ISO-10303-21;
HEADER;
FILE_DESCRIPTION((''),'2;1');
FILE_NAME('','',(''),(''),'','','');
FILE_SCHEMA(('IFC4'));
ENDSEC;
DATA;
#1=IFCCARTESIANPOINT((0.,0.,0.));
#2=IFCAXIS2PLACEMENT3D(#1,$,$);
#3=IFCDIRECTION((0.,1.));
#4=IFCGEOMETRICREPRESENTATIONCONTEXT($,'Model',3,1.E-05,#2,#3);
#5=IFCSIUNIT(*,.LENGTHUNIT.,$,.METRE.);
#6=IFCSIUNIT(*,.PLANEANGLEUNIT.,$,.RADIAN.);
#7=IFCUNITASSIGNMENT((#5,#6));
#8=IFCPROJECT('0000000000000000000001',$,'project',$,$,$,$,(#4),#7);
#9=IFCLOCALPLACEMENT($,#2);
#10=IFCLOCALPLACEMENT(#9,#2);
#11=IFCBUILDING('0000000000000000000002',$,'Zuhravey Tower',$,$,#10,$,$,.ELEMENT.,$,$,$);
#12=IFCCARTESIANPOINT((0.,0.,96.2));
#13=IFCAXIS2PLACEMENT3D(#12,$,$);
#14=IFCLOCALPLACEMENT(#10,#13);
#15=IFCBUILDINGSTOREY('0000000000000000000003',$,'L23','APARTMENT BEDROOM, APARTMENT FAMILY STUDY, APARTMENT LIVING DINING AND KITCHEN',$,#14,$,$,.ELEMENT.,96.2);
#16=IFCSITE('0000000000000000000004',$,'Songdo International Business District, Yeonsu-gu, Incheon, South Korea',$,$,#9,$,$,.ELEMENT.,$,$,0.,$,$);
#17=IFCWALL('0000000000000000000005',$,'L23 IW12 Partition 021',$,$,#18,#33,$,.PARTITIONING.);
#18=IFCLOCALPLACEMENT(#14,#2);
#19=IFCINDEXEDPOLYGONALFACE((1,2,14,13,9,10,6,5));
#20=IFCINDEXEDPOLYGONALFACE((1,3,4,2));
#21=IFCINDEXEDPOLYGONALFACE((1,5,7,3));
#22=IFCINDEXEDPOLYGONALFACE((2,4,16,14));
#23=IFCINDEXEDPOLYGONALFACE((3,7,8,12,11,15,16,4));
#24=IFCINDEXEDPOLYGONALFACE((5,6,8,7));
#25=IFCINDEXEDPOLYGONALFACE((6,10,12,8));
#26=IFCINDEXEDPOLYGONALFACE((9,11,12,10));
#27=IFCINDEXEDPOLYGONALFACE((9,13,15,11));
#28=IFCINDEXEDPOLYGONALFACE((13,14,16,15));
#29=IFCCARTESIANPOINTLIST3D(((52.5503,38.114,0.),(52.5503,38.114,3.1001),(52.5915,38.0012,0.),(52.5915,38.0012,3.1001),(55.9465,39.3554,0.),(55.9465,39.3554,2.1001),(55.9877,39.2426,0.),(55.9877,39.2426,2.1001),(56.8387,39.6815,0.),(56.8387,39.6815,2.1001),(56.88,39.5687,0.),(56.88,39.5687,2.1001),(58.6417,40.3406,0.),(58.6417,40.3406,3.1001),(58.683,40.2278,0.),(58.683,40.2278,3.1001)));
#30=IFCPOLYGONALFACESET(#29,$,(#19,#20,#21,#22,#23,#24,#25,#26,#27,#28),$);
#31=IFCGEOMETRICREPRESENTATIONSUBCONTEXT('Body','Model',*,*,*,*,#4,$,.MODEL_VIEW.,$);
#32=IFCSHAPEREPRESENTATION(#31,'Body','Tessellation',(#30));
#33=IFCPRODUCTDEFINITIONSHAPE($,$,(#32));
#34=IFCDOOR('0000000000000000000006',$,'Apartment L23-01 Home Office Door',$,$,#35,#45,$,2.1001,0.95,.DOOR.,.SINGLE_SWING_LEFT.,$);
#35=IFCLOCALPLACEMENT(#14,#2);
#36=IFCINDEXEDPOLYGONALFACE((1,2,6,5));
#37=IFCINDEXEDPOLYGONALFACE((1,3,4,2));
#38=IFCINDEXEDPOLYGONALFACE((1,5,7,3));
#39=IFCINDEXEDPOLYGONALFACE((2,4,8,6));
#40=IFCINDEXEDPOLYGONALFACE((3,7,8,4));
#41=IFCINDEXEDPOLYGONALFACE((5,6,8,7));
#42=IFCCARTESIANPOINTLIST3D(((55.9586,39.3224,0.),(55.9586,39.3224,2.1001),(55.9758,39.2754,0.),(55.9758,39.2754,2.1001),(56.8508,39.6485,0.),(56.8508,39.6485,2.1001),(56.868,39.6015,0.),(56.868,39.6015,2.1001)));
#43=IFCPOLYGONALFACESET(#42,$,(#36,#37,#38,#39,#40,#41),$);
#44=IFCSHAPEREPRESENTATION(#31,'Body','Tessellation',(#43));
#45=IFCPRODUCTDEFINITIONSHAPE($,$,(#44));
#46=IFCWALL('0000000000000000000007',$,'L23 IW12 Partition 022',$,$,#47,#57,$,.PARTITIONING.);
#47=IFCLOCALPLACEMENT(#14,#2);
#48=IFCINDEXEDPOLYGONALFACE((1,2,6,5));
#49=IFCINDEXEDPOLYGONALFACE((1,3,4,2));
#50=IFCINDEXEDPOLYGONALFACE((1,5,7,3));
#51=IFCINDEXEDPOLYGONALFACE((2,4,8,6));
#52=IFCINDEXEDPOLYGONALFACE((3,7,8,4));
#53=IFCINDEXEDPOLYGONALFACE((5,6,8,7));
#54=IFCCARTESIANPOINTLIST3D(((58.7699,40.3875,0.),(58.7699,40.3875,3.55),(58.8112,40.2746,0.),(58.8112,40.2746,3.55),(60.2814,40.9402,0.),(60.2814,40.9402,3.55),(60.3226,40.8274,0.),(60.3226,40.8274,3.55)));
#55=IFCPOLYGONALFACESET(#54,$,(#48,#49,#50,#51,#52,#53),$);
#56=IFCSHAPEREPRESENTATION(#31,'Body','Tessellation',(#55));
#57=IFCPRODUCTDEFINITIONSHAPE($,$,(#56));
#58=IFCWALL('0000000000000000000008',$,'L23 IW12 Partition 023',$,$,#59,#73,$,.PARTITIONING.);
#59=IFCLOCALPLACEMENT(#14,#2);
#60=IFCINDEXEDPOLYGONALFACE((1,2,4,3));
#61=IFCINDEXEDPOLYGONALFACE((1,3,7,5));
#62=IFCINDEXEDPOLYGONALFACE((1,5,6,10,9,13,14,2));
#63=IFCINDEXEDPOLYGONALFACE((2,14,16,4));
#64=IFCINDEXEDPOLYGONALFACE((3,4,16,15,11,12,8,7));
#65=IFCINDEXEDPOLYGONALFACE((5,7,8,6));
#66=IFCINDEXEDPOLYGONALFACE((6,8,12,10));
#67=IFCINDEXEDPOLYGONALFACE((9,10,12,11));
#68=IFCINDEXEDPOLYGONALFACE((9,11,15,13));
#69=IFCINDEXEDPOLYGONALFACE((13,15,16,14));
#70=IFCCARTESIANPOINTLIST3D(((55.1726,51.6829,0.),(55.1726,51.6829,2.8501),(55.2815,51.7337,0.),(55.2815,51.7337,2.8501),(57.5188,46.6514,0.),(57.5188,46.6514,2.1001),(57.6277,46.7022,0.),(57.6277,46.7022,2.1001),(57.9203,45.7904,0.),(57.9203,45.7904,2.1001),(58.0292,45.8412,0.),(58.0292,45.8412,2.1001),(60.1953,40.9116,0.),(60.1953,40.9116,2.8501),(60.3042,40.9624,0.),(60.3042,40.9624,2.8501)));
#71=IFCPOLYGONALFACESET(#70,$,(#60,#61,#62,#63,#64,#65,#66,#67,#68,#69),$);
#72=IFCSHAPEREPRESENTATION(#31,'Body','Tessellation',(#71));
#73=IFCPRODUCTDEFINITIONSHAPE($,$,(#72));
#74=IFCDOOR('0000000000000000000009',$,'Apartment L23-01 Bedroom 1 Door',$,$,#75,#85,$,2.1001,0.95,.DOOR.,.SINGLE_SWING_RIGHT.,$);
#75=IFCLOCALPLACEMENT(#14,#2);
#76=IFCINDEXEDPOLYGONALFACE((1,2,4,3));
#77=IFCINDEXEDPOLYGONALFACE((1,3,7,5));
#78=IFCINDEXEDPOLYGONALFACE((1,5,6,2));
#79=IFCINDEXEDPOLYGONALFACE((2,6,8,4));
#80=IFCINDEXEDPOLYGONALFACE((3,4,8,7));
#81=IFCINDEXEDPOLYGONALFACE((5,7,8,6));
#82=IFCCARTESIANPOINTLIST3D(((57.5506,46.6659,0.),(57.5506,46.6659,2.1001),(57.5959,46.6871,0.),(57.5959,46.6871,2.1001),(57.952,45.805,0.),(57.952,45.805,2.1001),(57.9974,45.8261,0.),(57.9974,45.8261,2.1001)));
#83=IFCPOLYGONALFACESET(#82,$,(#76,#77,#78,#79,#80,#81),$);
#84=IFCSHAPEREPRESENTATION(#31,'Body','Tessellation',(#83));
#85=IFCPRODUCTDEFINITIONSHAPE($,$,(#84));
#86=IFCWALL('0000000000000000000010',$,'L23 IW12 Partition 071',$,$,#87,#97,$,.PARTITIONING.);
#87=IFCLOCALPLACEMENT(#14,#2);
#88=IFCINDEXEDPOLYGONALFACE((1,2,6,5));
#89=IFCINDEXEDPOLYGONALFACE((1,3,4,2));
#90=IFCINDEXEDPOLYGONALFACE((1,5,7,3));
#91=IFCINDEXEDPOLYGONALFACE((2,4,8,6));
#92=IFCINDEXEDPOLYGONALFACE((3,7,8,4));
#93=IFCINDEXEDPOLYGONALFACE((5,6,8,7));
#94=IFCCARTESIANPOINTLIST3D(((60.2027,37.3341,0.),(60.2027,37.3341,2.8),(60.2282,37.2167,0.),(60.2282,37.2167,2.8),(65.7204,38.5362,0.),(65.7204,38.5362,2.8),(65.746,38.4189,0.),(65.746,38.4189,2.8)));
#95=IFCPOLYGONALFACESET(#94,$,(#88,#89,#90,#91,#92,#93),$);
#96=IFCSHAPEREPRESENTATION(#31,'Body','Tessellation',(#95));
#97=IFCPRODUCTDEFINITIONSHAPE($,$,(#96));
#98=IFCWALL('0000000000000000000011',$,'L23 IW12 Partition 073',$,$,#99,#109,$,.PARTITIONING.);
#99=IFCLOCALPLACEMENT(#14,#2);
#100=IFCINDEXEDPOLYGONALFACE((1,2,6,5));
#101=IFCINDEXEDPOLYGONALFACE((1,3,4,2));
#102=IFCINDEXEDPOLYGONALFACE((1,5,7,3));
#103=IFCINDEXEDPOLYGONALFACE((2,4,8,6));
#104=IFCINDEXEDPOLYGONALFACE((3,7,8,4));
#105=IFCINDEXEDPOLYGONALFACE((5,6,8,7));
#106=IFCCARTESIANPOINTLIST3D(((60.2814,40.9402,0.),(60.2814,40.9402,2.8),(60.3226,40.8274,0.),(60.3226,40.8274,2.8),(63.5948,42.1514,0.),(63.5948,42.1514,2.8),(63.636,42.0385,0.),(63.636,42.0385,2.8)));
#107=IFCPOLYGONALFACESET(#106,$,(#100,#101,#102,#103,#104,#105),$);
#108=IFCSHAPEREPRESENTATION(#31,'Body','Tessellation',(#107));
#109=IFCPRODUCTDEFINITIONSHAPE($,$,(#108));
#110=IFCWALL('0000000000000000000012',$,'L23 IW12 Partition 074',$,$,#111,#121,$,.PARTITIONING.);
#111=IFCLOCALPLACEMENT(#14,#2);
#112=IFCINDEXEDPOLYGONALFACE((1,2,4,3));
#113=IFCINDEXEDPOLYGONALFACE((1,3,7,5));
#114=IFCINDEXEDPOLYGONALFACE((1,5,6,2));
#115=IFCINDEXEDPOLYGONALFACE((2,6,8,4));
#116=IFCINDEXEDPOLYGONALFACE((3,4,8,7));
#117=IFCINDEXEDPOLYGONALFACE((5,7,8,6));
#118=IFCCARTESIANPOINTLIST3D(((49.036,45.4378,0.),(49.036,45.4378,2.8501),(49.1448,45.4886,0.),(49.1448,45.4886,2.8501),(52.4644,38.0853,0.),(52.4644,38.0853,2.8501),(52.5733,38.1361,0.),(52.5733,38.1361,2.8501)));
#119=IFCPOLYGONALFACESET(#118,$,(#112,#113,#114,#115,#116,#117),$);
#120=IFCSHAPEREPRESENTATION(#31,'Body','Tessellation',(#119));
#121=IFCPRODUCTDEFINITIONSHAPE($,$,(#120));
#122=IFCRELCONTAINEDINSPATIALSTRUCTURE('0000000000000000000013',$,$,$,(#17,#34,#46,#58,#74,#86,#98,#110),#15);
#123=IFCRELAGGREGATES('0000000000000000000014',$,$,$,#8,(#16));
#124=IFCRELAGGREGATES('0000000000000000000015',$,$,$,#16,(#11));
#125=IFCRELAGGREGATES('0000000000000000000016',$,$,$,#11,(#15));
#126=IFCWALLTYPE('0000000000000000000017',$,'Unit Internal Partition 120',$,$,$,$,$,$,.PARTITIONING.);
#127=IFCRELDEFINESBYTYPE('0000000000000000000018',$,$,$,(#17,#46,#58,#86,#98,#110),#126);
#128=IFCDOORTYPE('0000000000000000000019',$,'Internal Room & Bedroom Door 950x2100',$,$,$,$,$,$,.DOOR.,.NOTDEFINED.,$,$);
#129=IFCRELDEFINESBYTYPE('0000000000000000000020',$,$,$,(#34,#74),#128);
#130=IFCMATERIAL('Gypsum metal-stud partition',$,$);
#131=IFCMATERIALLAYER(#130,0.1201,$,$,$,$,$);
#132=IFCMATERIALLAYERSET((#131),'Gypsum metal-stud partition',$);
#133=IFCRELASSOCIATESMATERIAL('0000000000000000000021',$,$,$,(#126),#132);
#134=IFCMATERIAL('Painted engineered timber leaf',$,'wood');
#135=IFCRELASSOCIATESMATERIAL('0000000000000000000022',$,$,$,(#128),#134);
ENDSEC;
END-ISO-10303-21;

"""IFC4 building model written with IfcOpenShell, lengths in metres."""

from ifc_helpers import new_model, si_unit, direction, frame, frame_2d, origin, place, context, subcontext, project, spatial, rectangle, extrude, material, layer, layer_set, type_object, element, fill, save


model = new_model("IFC4")

# Units and contexts
model_context = context("Model", 3, precision=1e-05, world=origin(), true_north=direction((0.0, 1.0)))
body_context = subcontext(model_context, "Body", "Model", "MODEL_VIEW")
ifc_project = project(units=[si_unit("LENGTHUNIT", "METRE"), si_unit("PLANEANGLEUNIT", "RADIAN")], contexts=[model_context])

# Site, building, storey
site_placement = place(None, origin())
site = spatial("IfcSite", under=ifc_project, at=site_placement, Name="Songdo International Business District, Yeonsu-gu, Incheon, South Korea", CompositionType="ELEMENT", RefElevation=0.0)
building_placement = place(site_placement, origin())
building = spatial("IfcBuilding", under=site, at=building_placement, Name="Zuhravey Tower", CompositionType="ELEMENT")
storey_placement = place(building_placement, frame((0.0, 0.0, 96.2)))
storey = spatial("IfcBuildingStorey", under=building, at=storey_placement, Name="L23", Description="APARTMENT BEDROOM, APARTMENT FAMILY STUDY, APARTMENT LIVING DINING AND KITCHEN", CompositionType="ELEMENT", Elevation=96.2)

# Shared definitions
ifc_material_1 = material(Name="Gypsum metal-stud partition")
ifc_layer_1 = layer(ifc_material_1, 0.1201)
ifc_layer_set_1 = layer_set([ifc_layer_1], Name="Gypsum metal-stud partition")
wall_type_1 = type_object("IfcWallType", Name="Unit Internal Partition 120", PredefinedType="PARTITIONING", material=ifc_layer_set_1)
ifc_material_2 = material(Name="Painted engineered timber leaf", Category="wood")
door_type_1 = type_object("IfcDoorType", Name="Internal Room & Bedroom Door 950x2100", OperationType="NOTDEFINED", PredefinedType="DOOR", material=ifc_material_2)

# Wall, opening, door
wall_1_placement = place(storey_placement, frame((52.571, 38.0576, 0.0), z_axis=(0.0, 0.0, 1.0), x_axis=(0.939221, 0.343314, 0.0)))
wall_1 = element("IfcWall", 1, at=wall_1_placement, inside=storey, type_object=wall_type_1, Name="L23 IW12 Partition 021", PredefinedType="PARTITIONING", context=body_context, shape_type="SweptSolid", body=[
    extrude(rectangle(XDim=6.4856, YDim=0.1201, at=frame_2d((3.2427, 0.0))), origin(), (0.0, 0.0, 1.0), 3.1001),
])
opening_1_placement = place(wall_1_placement, frame((3.6157, 0.0, 0.0)))
opening_1 = element("IfcOpeningElement", 2, at=opening_1_placement, cuts=wall_1, PredefinedType="OPENING", context=body_context, shape_type="SweptSolid", body=[
    extrude(rectangle(XDim=0.95, YDim=2.1001, at=frame_2d((0.4751, 1.05))), frame((0.0, 0.072, 0.0), z_axis=(0.0, -1.0, 0.0), x_axis=(1.0, 0.0, 0.0)), (0.0, 0.0, 1.0), 0.144),
])
door_1_placement = place(opening_1_placement, origin())
door_1 = element("IfcDoor", 3, at=door_1_placement, inside=storey, type_object=door_type_1, Name="Apartment L23-01 Home Office Door", OperationType="SINGLE_SWING_LEFT", OverallHeight=2.1001, OverallWidth=0.95, PredefinedType="DOOR", context=body_context, shape_type="SweptSolid", body=[
    extrude(rectangle(XDim=0.95, YDim=2.1001, at=frame_2d((0.4751, 1.05))), frame((0.0, 0.0249, 0.0), z_axis=(0.0, -1.0, 0.0), x_axis=(1.0, 0.0, 0.0)), (0.0, 0.0, 1.0), 0.05),
])
fill(opening_1, door_1)

# Wall
wall_2_placement = place(storey_placement, frame((58.7905, 40.3311, 0.0), z_axis=(0.0, 0.0, 1.0), x_axis=(0.939172, 0.343448, 0.0)))
element("IfcWall", 4, at=wall_2_placement, inside=storey, type_object=wall_type_1, Name="L23 IW12 Partition 022", PredefinedType="PARTITIONING", context=body_context, shape_type="SweptSolid", body=[
    extrude(rectangle(XDim=1.6094, YDim=0.1201, at=frame_2d((0.8047, 0.0))), origin(), (0.0, 0.0, 1.0), 3.55),
])

# Wall, opening, door
wall_3_placement = place(storey_placement, frame((60.2498, 40.937, 0.0), z_axis=(0.0, 0.0, 1.0), x_axis=(-0.422618, 0.906308, 0.0)))
wall_3 = element("IfcWall", 5, at=wall_3_placement, inside=storey, type_object=wall_type_1, Name="L23 IW12 Partition 023", PredefinedType="PARTITIONING", context=body_context, shape_type="SweptSolid", body=[
    extrude(rectangle(XDim=11.8848, YDim=0.1201, at=frame_2d((5.9424, 0.0))), origin(), (0.0, 0.0, 1.0), 2.8501),
])
opening_2_placement = place(wall_3_placement, frame((5.3831, 0.0, 0.0)))
opening_2 = element("IfcOpeningElement", 6, at=opening_2_placement, cuts=wall_3, PredefinedType="OPENING", context=body_context, shape_type="SweptSolid", body=[
    extrude(rectangle(XDim=0.95, YDim=2.1001, at=frame_2d((0.4751, 1.05))), frame((0.0, 0.072, 0.0), z_axis=(0.0, -1.0, 0.0), x_axis=(1.0, 0.0, 0.0)), (0.0, 0.0, 1.0), 0.144),
])
door_2_placement = place(opening_2_placement, frame((0.95, 0.0, 0.0), z_axis=(0.0, 0.0, 1.0), x_axis=(-1.0, 0.0, 0.0)))
door_2 = element("IfcDoor", 7, at=door_2_placement, inside=storey, type_object=door_type_1, Name="Apartment L23-01 Bedroom 1 Door", OperationType="SINGLE_SWING_RIGHT", OverallHeight=2.1001, OverallWidth=0.95, PredefinedType="DOOR", context=body_context, shape_type="SweptSolid", body=[
    extrude(rectangle(XDim=0.95, YDim=2.1001, at=frame_2d((0.4751, 1.05))), frame((0.0, 0.0249, 0.0), z_axis=(0.0, -1.0, 0.0), x_axis=(1.0, 0.0, 0.0)), (0.0, 0.0, 1.0), 0.05),
])
fill(opening_2, door_2)

# Walls
wall_4_placement = place(storey_placement, frame((60.2153, 37.2754, 0.0), z_axis=(0.0, 0.0, 1.0), x_axis=(0.97708, 0.212873, 0.0)))
element("IfcWall", 8, at=wall_4_placement, inside=storey, type_object=wall_type_1, Name="L23 IW12 Partition 071", PredefinedType="PARTITIONING", context=body_context, shape_type="SweptSolid", body=[
    extrude(rectangle(XDim=5.6472, YDim=0.1201, at=frame_2d((2.8237, 0.0))), origin(), (0.0, 0.0, 1.0), 2.8),
])
wall_5_placement = place(storey_placement, frame((60.302, 40.8838, 0.0), z_axis=(0.0, 0.0, 1.0), x_axis=(0.93922, 0.343315, 0.0)))
element("IfcWall", 9, at=wall_5_placement, inside=storey, type_object=wall_type_1, Name="L23 IW12 Partition 073", PredefinedType="PARTITIONING", context=body_context, shape_type="SweptSolid", body=[
    extrude(rectangle(XDim=3.5278, YDim=0.1201, at=frame_2d((1.7639, 0.0))), origin(), (0.0, 0.0, 1.0), 2.8),
])
wall_6_placement = place(storey_placement, frame((52.5188, 38.1108, 0.0), z_axis=(0.0, 0.0, 1.0), x_axis=(-0.42261, 0.906311, 0.0)))
element("IfcWall", 10, at=wall_6_placement, inside=storey, type_object=wall_type_1, Name="L23 IW12 Partition 074", PredefinedType="PARTITIONING", context=body_context, shape_type="SweptSolid", body=[
    extrude(rectangle(XDim=8.1125, YDim=0.1201, at=frame_2d((4.0562, 0.0))), origin(), (0.0, 0.0, 1.0), 2.8501),
])

save(model, "model.ifc")
